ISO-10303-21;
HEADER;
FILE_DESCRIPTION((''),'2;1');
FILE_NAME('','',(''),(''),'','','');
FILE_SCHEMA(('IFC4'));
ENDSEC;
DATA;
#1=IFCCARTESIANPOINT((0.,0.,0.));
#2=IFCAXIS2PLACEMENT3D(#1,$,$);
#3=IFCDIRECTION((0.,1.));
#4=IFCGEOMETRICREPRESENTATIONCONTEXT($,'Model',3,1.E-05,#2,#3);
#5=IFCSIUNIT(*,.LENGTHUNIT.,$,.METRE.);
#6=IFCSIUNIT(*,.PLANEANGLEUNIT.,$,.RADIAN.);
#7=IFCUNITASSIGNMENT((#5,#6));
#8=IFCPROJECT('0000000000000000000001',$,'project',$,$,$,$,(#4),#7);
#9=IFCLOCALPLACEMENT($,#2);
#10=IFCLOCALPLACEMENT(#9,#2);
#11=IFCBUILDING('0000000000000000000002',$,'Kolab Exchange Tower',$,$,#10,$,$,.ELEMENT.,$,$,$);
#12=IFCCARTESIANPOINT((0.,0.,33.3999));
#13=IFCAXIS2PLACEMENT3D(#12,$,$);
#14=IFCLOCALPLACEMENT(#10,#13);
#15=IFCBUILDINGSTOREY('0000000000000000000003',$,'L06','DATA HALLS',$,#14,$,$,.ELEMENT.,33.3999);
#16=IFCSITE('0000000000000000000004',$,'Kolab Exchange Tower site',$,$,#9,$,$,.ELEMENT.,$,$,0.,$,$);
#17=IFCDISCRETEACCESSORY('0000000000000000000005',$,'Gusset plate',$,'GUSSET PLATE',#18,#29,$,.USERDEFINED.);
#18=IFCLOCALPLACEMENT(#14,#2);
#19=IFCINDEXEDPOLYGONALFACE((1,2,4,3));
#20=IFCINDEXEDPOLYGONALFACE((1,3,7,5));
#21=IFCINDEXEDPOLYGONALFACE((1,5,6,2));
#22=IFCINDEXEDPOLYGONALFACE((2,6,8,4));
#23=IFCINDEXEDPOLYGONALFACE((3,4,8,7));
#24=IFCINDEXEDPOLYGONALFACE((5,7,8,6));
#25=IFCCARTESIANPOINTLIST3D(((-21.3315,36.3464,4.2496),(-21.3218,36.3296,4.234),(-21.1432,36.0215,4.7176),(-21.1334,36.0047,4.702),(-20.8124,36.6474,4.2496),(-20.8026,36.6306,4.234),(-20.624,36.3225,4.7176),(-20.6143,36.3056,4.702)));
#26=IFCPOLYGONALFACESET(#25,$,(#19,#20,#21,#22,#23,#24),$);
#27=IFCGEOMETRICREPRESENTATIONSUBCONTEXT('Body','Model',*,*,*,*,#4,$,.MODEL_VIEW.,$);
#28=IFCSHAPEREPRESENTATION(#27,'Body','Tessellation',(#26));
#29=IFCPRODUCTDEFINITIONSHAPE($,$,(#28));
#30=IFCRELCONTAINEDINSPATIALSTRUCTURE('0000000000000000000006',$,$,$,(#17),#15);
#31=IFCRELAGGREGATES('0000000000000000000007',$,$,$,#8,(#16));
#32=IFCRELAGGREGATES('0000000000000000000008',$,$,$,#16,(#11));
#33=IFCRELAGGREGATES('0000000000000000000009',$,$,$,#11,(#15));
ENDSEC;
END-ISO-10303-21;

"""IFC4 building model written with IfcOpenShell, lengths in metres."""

from ifc_helpers import new_model, si_unit, direction, frame, origin, origin_2d, place, context, subcontext, project, spatial, rectangle, extrude, element, save


model = new_model("IFC4")

# Units and contexts
model_context = context("Model", 3, precision=1e-05, world=origin(), true_north=direction((0.0, 1.0)))
body_context = subcontext(model_context, "Body", "Model", "MODEL_VIEW")
ifc_project = project(units=[si_unit("LENGTHUNIT", "METRE"), si_unit("PLANEANGLEUNIT", "RADIAN")], contexts=[model_context])

# Site, building, storey
site_placement = place(None, origin())
site = spatial("IfcSite", under=ifc_project, at=site_placement, Name="Kolab Exchange Tower site", CompositionType="ELEMENT", RefElevation=0.0)
building_placement = place(site_placement, origin())
building = spatial("IfcBuilding", under=site, at=building_placement, Name="Kolab Exchange Tower", CompositionType="ELEMENT")
storey_placement = place(building_placement, frame((0.0, 0.0, 33.3999)))
storey = spatial("IfcBuildingStorey", under=building, at=storey_placement, Name="L06", Description="DATA HALLS", CompositionType="ELEMENT", Elevation=33.3999)

# Discrete accessory
discrete_accessory_placement = place(storey_placement, frame((-20.968, 36.3176, 4.468), z_axis=(-0.391162, 0.674754, 0.625859), x_axis=(-0.86514, -0.50153, 0.0)))
element("IfcDiscreteAccessory", 1, at=discrete_accessory_placement, inside=storey, Name="Gusset plate", ObjectType="GUSSET PLATE", PredefinedType="USERDEFINED", context=body_context, shape_type="SweptSolid", body=[
    extrude(rectangle(XDim=0.6001, YDim=0.6001, at=origin_2d()), origin(), (0.0, 0.0, 1.0), 0.0249),
])

save(model, "model.ifc")
